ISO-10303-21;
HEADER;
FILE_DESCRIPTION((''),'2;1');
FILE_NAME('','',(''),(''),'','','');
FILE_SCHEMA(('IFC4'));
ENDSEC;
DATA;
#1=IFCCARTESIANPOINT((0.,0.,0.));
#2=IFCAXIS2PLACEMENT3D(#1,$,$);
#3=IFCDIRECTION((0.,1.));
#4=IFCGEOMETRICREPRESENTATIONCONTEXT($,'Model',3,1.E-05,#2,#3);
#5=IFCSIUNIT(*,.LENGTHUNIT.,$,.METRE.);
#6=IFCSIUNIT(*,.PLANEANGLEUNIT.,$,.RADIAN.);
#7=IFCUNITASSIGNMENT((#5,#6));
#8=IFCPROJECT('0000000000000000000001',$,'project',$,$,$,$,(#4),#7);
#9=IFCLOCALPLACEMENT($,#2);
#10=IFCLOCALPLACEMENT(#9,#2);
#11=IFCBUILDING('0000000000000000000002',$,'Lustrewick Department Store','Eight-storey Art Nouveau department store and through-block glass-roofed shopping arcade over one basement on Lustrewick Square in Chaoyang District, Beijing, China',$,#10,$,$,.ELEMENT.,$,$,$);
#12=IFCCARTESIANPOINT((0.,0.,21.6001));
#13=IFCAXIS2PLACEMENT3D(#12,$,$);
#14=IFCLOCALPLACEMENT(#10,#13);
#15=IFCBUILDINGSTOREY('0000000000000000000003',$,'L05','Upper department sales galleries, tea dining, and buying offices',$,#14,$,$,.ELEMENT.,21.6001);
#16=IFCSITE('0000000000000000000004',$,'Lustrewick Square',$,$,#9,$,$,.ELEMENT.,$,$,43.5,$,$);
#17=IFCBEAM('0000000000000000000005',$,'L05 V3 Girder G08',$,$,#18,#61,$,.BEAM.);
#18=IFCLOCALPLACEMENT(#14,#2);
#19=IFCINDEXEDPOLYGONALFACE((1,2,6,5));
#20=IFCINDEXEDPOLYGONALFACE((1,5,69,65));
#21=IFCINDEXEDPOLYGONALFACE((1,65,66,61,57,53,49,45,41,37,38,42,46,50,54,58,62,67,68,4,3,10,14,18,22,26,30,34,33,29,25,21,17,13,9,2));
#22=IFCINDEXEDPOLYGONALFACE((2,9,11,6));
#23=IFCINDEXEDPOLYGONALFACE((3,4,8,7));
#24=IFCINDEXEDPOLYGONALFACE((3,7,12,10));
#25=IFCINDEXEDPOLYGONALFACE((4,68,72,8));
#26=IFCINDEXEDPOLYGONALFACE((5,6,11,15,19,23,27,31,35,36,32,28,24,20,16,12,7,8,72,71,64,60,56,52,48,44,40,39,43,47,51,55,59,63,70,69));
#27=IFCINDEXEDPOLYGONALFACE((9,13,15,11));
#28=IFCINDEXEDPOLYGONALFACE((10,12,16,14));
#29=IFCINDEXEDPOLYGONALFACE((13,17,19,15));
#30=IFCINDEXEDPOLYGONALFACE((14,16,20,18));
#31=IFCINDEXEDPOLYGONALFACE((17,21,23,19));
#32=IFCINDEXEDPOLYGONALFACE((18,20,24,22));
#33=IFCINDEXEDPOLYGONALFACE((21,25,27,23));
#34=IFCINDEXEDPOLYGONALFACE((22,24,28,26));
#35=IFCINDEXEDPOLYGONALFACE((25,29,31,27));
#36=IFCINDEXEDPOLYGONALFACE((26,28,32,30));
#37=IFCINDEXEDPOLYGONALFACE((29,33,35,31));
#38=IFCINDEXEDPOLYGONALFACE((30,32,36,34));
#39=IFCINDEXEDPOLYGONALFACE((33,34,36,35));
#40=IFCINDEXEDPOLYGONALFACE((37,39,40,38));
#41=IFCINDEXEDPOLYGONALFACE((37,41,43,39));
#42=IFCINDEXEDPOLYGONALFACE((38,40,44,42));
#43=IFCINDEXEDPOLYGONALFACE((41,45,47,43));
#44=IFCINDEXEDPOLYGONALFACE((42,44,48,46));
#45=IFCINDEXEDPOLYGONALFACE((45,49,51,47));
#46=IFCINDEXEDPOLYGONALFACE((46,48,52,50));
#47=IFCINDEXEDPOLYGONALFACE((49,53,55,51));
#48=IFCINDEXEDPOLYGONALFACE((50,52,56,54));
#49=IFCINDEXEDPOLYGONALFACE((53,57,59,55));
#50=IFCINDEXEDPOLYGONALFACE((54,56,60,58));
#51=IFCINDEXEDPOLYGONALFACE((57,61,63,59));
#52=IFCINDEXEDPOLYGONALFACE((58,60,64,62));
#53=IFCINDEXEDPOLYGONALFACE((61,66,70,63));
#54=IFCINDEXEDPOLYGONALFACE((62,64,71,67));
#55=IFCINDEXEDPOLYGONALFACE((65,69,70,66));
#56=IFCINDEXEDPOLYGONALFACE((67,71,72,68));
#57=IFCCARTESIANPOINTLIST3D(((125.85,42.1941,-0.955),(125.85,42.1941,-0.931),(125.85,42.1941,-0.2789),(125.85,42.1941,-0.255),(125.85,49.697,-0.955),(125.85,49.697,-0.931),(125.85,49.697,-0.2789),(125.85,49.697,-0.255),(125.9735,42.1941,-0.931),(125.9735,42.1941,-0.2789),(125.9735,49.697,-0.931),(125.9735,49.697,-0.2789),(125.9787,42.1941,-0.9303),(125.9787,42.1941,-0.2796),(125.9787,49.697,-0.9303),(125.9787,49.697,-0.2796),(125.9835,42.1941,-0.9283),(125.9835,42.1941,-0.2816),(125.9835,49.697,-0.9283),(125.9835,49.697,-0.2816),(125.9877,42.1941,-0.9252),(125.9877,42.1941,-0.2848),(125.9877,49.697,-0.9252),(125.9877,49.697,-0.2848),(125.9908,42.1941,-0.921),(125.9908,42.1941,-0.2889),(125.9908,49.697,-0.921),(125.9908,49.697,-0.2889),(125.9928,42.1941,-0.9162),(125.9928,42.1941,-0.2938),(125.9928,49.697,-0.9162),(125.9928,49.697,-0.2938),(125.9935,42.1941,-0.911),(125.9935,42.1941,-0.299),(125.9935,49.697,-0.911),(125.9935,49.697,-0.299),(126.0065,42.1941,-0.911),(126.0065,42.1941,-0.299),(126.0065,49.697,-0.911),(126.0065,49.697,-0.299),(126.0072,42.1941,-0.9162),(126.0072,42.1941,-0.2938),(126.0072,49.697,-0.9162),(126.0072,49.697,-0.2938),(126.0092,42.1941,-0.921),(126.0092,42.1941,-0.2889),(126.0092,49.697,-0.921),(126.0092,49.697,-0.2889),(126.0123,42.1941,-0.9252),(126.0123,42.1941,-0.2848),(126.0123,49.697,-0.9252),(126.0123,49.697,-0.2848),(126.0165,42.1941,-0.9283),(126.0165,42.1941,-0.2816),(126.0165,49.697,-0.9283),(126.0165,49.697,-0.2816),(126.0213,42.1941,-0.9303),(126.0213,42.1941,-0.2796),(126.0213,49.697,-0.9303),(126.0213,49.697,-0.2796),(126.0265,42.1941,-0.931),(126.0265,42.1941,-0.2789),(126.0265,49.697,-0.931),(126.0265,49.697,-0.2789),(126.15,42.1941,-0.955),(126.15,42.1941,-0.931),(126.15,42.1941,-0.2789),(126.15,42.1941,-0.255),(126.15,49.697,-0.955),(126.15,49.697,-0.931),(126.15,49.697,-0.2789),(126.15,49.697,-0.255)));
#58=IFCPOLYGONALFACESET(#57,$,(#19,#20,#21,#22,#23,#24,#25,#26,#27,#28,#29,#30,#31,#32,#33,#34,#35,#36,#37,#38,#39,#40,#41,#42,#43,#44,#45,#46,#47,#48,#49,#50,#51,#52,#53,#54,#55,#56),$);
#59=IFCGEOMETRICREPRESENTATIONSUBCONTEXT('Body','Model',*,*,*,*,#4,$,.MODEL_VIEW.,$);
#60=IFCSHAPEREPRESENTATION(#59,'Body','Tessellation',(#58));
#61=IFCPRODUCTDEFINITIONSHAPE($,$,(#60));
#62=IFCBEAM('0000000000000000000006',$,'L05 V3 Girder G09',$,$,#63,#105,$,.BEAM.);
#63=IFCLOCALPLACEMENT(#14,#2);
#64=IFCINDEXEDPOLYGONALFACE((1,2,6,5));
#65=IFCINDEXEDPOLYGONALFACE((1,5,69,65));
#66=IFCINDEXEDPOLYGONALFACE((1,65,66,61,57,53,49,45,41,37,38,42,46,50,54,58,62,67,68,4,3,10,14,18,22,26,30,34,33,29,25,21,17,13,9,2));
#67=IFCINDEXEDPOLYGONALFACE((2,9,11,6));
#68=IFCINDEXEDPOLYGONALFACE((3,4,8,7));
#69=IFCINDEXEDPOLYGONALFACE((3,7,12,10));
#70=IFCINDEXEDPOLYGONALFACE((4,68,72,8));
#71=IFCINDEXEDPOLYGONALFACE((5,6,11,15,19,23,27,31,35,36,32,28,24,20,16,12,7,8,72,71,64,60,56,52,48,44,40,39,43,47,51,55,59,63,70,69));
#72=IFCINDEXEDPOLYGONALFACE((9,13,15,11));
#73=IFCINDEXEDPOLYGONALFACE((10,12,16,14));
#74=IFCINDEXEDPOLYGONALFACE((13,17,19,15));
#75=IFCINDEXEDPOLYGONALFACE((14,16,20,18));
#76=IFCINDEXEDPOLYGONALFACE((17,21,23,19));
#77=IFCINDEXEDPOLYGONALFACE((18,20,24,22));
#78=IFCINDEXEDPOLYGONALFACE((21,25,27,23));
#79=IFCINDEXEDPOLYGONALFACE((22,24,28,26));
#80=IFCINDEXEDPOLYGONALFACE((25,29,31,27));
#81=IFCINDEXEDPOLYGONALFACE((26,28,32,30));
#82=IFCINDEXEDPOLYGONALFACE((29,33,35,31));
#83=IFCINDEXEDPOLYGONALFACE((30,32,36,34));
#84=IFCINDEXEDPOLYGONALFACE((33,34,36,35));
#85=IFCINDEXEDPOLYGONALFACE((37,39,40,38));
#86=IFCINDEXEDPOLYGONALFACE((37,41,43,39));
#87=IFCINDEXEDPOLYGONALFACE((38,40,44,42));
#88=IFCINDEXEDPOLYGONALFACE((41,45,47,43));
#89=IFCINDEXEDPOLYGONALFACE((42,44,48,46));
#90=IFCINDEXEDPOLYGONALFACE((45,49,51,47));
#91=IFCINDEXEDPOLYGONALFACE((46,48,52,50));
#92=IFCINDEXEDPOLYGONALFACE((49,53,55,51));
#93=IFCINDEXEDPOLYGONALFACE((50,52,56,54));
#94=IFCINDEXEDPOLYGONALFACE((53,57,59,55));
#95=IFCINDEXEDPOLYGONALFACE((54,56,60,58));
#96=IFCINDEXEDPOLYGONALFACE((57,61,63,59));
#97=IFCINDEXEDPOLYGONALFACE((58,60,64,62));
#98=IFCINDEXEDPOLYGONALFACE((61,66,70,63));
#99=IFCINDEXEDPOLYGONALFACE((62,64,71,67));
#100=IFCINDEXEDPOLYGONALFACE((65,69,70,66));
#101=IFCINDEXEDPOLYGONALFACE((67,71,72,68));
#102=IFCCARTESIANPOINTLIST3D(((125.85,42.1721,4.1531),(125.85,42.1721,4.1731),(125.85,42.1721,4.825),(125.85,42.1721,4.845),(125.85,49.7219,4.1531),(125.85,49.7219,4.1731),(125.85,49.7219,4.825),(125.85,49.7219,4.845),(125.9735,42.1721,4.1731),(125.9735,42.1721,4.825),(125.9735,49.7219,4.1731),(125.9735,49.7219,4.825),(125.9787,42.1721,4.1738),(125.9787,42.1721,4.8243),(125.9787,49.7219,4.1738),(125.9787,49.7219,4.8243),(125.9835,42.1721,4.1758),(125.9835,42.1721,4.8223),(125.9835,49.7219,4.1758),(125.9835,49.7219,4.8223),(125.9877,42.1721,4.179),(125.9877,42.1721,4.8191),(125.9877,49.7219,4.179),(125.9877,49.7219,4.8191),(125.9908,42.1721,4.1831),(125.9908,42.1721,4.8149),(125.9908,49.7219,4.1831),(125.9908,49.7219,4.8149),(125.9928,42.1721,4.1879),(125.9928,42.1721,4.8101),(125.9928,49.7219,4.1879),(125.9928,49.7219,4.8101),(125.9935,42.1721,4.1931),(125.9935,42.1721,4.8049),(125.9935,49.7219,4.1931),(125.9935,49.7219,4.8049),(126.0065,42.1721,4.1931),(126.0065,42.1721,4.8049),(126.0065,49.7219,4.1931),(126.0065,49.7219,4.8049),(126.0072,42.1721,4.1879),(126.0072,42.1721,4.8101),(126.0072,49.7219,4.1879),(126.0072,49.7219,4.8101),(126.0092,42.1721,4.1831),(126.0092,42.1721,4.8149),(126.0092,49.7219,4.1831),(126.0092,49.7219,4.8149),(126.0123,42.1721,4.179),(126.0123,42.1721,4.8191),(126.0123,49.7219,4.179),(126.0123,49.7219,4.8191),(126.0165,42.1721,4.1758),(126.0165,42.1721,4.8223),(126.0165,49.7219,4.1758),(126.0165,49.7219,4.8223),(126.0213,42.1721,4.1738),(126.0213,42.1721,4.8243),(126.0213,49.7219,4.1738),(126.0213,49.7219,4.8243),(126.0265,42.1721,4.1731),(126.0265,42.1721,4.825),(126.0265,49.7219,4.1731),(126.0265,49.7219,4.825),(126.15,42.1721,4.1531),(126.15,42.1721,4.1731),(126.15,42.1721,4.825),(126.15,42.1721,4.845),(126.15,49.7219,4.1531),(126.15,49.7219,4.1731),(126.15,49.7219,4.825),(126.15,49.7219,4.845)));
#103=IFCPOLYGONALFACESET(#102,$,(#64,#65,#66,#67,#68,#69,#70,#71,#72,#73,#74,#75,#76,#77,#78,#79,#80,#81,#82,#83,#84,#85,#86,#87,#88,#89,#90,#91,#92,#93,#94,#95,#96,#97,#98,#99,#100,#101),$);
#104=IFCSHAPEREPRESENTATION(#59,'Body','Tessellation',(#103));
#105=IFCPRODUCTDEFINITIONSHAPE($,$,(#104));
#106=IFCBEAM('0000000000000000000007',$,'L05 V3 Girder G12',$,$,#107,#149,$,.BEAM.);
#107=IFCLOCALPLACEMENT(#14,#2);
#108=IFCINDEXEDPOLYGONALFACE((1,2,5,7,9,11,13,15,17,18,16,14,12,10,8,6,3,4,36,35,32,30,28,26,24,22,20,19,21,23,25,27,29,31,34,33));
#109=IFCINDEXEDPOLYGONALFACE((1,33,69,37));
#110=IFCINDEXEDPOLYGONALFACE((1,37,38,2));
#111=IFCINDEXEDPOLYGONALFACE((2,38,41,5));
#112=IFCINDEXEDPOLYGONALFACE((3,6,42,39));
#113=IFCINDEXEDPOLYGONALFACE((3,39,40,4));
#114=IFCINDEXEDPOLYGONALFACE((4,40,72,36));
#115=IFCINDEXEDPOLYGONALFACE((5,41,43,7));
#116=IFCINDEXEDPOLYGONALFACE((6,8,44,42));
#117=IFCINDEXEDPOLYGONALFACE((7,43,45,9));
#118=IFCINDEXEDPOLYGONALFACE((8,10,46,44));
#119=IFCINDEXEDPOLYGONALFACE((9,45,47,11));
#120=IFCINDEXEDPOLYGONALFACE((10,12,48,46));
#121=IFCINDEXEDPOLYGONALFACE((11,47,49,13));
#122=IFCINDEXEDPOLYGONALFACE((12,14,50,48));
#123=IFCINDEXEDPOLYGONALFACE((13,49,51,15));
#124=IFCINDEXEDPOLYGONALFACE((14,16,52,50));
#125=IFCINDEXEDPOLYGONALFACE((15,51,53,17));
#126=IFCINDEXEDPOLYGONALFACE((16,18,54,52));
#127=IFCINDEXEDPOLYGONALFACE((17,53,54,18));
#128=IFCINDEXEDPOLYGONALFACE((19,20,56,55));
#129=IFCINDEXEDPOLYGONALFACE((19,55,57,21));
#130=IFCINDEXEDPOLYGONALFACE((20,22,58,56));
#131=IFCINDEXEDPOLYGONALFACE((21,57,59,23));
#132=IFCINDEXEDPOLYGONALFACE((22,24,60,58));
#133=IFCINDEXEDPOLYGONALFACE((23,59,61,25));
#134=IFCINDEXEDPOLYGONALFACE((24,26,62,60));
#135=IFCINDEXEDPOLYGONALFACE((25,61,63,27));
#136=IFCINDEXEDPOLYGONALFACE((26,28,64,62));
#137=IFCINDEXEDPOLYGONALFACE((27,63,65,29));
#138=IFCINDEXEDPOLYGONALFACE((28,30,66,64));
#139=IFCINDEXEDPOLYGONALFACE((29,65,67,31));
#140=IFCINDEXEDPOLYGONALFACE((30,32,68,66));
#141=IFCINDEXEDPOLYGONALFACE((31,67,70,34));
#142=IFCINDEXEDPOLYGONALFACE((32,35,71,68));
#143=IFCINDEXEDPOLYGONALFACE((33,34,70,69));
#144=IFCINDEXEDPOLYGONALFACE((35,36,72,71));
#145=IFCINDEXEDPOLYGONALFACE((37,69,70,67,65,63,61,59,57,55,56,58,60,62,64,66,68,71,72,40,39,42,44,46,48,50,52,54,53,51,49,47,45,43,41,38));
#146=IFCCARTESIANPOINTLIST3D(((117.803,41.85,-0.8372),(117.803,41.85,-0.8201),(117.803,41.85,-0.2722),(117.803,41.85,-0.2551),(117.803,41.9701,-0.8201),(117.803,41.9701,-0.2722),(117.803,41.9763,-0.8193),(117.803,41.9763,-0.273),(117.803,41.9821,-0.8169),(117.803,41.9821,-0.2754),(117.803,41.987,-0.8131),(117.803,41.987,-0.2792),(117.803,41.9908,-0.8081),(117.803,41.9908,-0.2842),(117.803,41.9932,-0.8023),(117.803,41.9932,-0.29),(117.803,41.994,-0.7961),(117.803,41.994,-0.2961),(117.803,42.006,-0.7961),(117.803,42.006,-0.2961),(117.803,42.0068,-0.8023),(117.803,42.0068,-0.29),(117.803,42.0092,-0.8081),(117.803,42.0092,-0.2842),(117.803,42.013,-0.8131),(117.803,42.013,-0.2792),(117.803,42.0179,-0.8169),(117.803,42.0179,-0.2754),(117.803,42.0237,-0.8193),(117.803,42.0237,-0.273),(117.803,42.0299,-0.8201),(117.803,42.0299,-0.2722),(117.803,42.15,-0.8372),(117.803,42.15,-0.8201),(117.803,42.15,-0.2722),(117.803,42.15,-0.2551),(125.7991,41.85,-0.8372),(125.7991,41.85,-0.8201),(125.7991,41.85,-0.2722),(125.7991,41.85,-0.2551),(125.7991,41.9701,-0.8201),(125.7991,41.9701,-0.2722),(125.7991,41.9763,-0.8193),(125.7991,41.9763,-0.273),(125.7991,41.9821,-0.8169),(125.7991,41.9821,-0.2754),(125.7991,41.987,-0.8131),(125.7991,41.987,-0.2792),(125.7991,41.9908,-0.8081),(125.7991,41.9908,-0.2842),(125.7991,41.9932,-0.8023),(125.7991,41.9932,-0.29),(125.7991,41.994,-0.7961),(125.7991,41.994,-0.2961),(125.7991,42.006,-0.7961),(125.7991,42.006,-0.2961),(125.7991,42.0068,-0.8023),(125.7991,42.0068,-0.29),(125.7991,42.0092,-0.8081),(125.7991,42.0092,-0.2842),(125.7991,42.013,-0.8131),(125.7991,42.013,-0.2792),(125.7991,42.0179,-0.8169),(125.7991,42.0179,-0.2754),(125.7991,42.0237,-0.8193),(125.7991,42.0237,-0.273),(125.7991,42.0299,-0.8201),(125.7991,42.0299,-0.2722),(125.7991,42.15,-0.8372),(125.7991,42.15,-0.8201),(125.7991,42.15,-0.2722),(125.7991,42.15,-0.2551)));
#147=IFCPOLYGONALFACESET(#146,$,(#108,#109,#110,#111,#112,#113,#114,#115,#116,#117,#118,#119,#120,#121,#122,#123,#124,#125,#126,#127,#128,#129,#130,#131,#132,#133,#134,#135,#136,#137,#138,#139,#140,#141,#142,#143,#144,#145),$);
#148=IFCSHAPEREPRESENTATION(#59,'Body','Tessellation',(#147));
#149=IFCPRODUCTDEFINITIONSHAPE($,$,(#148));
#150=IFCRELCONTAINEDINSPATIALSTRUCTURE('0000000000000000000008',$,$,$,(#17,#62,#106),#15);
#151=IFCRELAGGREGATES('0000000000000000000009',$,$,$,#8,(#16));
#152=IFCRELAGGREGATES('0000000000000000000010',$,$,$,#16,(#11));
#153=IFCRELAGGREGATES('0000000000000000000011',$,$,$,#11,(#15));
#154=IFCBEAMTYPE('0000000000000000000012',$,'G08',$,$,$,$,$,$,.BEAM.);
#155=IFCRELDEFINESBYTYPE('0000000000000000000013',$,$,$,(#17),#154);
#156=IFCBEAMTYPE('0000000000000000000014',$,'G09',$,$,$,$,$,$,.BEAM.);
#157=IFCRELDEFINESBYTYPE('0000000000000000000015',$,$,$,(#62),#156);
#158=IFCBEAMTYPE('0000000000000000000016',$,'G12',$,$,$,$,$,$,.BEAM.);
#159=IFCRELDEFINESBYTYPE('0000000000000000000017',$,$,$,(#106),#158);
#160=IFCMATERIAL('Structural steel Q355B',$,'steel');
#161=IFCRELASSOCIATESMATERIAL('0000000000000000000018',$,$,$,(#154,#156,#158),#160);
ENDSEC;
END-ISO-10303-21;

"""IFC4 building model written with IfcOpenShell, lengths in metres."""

from ifc_helpers import new_model, si_unit, direction, frame, origin, origin_2d, place, context, subcontext, project, spatial, i_section, extrude, material, material_profile, profile_set, type_object, element, save


model = new_model("IFC4")

# Units and contexts
model_context = context("Model", 3, precision=1e-05, world=origin(), true_north=direction((0.0, 1.0)))
body_context = subcontext(model_context, "Body", "Model", "MODEL_VIEW")
ifc_project = project(units=[si_unit("LENGTHUNIT", "METRE"), si_unit("PLANEANGLEUNIT", "RADIAN")], contexts=[model_context])

# Site, building, storey
site_placement = place(None, origin())
site = spatial("IfcSite", under=ifc_project, at=site_placement, Name="Lustrewick Square", CompositionType="ELEMENT", RefElevation=43.5)
building_placement = place(site_placement, origin())
building = spatial("IfcBuilding", under=site, at=building_placement, Name="Lustrewick Department Store", Description="Eight-storey Art Nouveau department store and through-block glass-roofed shopping arcade over one basement on Lustrewick Square in Chaoyang District, Beijing, China", CompositionType="ELEMENT")
storey_placement = place(building_placement, frame((0.0, 0.0, 21.6001)))
storey = spatial("IfcBuildingStorey", under=building, at=storey_placement, Name="L05", Description="Upper department sales galleries, tea dining, and buying offices", CompositionType="ELEMENT", Elevation=21.6001)

# Shared definitions
ifc_material_1 = material(Name="Structural steel Q355B", Category="steel")

# Beams
ifc_material_profile_1 = material_profile(ifc_material_1, i_section(OverallWidth=0.3, OverallDepth=0.7, WebThickness=0.0129, FlangeThickness=0.0239, FilletRadius=0.02, at=origin_2d()), Name="HN 700x300x13x24")
ifc_profile_set_1 = profile_set([ifc_material_profile_1], Name="Structural steel Q355B")
beam_type_1 = type_object("IfcBeamType", Name="G08", PredefinedType="BEAM", material=ifc_profile_set_1)
beam_1_placement = place(storey_placement, frame((126.0, 42.1941, -0.605), z_axis=(0.0, 1.0, 0.0), x_axis=(-1.0, 0.0, 0.0)))
element("IfcBeam", 1, at=beam_1_placement, inside=storey, type_object=beam_type_1, Name="L05 V3 Girder G08", PredefinedType="BEAM", context=body_context, shape_type="SweptSolid", body=[
    extrude(i_section(OverallWidth=0.3, OverallDepth=0.7, WebThickness=0.0129, FlangeThickness=0.0239, FilletRadius=0.02, at=origin_2d()), origin(), (0.0, 0.0, 1.0), 7.5029),
])
ifc_material_profile_2 = material_profile(ifc_material_1, i_section(OverallWidth=0.3, OverallDepth=0.6919, WebThickness=0.0129, FlangeThickness=0.02, FilletRadius=0.02, at=origin_2d()), Name="HN 692x300x13x20")
ifc_profile_set_2 = profile_set([ifc_material_profile_2], Name="Structural steel Q355B")
beam_type_2 = type_object("IfcBeamType", Name="G09", PredefinedType="BEAM", material=ifc_profile_set_2)
beam_2_placement = place(storey_placement, frame((126.0, 42.1721, 4.499), z_axis=(0.0, 1.0, 0.0), x_axis=(-1.0, 0.0, 0.0)))
element("IfcBeam", 2, at=beam_2_placement, inside=storey, type_object=beam_type_2, Name="L05 V3 Girder G09", PredefinedType="BEAM", context=body_context, shape_type="SweptSolid", body=[
    extrude(i_section(OverallWidth=0.3, OverallDepth=0.6919, WebThickness=0.0129, FlangeThickness=0.02, FilletRadius=0.02, at=origin_2d()), origin(), (0.0, 0.0, 1.0), 7.5498),
])
ifc_material_profile_3 = material_profile(ifc_material_1, i_section(OverallWidth=0.3, OverallDepth=0.582, WebThickness=0.012, FlangeThickness=0.0171, FilletRadius=0.0239, at=origin_2d()), Name="HM 582x300x12x17")
ifc_profile_set_3 = profile_set([ifc_material_profile_3], Name="Structural steel Q355B")
beam_type_3 = type_object("IfcBeamType", Name="G12", PredefinedType="BEAM", material=ifc_profile_set_3)
beam_3_placement = place(storey_placement, frame((117.803, 42.0, -0.5461), z_axis=(1.0, 0.0, 0.0), x_axis=(0.0, 1.0, 0.0)))
element("IfcBeam", 3, at=beam_3_placement, inside=storey, type_object=beam_type_3, Name="L05 V3 Girder G12", PredefinedType="BEAM", context=body_context, shape_type="SweptSolid", body=[
    extrude(i_section(OverallWidth=0.3, OverallDepth=0.582, WebThickness=0.012, FlangeThickness=0.0171, FilletRadius=0.0239, at=origin_2d()), origin(), (0.0, 0.0, 1.0), 7.9961),
])

save(model, "model.ifc")
